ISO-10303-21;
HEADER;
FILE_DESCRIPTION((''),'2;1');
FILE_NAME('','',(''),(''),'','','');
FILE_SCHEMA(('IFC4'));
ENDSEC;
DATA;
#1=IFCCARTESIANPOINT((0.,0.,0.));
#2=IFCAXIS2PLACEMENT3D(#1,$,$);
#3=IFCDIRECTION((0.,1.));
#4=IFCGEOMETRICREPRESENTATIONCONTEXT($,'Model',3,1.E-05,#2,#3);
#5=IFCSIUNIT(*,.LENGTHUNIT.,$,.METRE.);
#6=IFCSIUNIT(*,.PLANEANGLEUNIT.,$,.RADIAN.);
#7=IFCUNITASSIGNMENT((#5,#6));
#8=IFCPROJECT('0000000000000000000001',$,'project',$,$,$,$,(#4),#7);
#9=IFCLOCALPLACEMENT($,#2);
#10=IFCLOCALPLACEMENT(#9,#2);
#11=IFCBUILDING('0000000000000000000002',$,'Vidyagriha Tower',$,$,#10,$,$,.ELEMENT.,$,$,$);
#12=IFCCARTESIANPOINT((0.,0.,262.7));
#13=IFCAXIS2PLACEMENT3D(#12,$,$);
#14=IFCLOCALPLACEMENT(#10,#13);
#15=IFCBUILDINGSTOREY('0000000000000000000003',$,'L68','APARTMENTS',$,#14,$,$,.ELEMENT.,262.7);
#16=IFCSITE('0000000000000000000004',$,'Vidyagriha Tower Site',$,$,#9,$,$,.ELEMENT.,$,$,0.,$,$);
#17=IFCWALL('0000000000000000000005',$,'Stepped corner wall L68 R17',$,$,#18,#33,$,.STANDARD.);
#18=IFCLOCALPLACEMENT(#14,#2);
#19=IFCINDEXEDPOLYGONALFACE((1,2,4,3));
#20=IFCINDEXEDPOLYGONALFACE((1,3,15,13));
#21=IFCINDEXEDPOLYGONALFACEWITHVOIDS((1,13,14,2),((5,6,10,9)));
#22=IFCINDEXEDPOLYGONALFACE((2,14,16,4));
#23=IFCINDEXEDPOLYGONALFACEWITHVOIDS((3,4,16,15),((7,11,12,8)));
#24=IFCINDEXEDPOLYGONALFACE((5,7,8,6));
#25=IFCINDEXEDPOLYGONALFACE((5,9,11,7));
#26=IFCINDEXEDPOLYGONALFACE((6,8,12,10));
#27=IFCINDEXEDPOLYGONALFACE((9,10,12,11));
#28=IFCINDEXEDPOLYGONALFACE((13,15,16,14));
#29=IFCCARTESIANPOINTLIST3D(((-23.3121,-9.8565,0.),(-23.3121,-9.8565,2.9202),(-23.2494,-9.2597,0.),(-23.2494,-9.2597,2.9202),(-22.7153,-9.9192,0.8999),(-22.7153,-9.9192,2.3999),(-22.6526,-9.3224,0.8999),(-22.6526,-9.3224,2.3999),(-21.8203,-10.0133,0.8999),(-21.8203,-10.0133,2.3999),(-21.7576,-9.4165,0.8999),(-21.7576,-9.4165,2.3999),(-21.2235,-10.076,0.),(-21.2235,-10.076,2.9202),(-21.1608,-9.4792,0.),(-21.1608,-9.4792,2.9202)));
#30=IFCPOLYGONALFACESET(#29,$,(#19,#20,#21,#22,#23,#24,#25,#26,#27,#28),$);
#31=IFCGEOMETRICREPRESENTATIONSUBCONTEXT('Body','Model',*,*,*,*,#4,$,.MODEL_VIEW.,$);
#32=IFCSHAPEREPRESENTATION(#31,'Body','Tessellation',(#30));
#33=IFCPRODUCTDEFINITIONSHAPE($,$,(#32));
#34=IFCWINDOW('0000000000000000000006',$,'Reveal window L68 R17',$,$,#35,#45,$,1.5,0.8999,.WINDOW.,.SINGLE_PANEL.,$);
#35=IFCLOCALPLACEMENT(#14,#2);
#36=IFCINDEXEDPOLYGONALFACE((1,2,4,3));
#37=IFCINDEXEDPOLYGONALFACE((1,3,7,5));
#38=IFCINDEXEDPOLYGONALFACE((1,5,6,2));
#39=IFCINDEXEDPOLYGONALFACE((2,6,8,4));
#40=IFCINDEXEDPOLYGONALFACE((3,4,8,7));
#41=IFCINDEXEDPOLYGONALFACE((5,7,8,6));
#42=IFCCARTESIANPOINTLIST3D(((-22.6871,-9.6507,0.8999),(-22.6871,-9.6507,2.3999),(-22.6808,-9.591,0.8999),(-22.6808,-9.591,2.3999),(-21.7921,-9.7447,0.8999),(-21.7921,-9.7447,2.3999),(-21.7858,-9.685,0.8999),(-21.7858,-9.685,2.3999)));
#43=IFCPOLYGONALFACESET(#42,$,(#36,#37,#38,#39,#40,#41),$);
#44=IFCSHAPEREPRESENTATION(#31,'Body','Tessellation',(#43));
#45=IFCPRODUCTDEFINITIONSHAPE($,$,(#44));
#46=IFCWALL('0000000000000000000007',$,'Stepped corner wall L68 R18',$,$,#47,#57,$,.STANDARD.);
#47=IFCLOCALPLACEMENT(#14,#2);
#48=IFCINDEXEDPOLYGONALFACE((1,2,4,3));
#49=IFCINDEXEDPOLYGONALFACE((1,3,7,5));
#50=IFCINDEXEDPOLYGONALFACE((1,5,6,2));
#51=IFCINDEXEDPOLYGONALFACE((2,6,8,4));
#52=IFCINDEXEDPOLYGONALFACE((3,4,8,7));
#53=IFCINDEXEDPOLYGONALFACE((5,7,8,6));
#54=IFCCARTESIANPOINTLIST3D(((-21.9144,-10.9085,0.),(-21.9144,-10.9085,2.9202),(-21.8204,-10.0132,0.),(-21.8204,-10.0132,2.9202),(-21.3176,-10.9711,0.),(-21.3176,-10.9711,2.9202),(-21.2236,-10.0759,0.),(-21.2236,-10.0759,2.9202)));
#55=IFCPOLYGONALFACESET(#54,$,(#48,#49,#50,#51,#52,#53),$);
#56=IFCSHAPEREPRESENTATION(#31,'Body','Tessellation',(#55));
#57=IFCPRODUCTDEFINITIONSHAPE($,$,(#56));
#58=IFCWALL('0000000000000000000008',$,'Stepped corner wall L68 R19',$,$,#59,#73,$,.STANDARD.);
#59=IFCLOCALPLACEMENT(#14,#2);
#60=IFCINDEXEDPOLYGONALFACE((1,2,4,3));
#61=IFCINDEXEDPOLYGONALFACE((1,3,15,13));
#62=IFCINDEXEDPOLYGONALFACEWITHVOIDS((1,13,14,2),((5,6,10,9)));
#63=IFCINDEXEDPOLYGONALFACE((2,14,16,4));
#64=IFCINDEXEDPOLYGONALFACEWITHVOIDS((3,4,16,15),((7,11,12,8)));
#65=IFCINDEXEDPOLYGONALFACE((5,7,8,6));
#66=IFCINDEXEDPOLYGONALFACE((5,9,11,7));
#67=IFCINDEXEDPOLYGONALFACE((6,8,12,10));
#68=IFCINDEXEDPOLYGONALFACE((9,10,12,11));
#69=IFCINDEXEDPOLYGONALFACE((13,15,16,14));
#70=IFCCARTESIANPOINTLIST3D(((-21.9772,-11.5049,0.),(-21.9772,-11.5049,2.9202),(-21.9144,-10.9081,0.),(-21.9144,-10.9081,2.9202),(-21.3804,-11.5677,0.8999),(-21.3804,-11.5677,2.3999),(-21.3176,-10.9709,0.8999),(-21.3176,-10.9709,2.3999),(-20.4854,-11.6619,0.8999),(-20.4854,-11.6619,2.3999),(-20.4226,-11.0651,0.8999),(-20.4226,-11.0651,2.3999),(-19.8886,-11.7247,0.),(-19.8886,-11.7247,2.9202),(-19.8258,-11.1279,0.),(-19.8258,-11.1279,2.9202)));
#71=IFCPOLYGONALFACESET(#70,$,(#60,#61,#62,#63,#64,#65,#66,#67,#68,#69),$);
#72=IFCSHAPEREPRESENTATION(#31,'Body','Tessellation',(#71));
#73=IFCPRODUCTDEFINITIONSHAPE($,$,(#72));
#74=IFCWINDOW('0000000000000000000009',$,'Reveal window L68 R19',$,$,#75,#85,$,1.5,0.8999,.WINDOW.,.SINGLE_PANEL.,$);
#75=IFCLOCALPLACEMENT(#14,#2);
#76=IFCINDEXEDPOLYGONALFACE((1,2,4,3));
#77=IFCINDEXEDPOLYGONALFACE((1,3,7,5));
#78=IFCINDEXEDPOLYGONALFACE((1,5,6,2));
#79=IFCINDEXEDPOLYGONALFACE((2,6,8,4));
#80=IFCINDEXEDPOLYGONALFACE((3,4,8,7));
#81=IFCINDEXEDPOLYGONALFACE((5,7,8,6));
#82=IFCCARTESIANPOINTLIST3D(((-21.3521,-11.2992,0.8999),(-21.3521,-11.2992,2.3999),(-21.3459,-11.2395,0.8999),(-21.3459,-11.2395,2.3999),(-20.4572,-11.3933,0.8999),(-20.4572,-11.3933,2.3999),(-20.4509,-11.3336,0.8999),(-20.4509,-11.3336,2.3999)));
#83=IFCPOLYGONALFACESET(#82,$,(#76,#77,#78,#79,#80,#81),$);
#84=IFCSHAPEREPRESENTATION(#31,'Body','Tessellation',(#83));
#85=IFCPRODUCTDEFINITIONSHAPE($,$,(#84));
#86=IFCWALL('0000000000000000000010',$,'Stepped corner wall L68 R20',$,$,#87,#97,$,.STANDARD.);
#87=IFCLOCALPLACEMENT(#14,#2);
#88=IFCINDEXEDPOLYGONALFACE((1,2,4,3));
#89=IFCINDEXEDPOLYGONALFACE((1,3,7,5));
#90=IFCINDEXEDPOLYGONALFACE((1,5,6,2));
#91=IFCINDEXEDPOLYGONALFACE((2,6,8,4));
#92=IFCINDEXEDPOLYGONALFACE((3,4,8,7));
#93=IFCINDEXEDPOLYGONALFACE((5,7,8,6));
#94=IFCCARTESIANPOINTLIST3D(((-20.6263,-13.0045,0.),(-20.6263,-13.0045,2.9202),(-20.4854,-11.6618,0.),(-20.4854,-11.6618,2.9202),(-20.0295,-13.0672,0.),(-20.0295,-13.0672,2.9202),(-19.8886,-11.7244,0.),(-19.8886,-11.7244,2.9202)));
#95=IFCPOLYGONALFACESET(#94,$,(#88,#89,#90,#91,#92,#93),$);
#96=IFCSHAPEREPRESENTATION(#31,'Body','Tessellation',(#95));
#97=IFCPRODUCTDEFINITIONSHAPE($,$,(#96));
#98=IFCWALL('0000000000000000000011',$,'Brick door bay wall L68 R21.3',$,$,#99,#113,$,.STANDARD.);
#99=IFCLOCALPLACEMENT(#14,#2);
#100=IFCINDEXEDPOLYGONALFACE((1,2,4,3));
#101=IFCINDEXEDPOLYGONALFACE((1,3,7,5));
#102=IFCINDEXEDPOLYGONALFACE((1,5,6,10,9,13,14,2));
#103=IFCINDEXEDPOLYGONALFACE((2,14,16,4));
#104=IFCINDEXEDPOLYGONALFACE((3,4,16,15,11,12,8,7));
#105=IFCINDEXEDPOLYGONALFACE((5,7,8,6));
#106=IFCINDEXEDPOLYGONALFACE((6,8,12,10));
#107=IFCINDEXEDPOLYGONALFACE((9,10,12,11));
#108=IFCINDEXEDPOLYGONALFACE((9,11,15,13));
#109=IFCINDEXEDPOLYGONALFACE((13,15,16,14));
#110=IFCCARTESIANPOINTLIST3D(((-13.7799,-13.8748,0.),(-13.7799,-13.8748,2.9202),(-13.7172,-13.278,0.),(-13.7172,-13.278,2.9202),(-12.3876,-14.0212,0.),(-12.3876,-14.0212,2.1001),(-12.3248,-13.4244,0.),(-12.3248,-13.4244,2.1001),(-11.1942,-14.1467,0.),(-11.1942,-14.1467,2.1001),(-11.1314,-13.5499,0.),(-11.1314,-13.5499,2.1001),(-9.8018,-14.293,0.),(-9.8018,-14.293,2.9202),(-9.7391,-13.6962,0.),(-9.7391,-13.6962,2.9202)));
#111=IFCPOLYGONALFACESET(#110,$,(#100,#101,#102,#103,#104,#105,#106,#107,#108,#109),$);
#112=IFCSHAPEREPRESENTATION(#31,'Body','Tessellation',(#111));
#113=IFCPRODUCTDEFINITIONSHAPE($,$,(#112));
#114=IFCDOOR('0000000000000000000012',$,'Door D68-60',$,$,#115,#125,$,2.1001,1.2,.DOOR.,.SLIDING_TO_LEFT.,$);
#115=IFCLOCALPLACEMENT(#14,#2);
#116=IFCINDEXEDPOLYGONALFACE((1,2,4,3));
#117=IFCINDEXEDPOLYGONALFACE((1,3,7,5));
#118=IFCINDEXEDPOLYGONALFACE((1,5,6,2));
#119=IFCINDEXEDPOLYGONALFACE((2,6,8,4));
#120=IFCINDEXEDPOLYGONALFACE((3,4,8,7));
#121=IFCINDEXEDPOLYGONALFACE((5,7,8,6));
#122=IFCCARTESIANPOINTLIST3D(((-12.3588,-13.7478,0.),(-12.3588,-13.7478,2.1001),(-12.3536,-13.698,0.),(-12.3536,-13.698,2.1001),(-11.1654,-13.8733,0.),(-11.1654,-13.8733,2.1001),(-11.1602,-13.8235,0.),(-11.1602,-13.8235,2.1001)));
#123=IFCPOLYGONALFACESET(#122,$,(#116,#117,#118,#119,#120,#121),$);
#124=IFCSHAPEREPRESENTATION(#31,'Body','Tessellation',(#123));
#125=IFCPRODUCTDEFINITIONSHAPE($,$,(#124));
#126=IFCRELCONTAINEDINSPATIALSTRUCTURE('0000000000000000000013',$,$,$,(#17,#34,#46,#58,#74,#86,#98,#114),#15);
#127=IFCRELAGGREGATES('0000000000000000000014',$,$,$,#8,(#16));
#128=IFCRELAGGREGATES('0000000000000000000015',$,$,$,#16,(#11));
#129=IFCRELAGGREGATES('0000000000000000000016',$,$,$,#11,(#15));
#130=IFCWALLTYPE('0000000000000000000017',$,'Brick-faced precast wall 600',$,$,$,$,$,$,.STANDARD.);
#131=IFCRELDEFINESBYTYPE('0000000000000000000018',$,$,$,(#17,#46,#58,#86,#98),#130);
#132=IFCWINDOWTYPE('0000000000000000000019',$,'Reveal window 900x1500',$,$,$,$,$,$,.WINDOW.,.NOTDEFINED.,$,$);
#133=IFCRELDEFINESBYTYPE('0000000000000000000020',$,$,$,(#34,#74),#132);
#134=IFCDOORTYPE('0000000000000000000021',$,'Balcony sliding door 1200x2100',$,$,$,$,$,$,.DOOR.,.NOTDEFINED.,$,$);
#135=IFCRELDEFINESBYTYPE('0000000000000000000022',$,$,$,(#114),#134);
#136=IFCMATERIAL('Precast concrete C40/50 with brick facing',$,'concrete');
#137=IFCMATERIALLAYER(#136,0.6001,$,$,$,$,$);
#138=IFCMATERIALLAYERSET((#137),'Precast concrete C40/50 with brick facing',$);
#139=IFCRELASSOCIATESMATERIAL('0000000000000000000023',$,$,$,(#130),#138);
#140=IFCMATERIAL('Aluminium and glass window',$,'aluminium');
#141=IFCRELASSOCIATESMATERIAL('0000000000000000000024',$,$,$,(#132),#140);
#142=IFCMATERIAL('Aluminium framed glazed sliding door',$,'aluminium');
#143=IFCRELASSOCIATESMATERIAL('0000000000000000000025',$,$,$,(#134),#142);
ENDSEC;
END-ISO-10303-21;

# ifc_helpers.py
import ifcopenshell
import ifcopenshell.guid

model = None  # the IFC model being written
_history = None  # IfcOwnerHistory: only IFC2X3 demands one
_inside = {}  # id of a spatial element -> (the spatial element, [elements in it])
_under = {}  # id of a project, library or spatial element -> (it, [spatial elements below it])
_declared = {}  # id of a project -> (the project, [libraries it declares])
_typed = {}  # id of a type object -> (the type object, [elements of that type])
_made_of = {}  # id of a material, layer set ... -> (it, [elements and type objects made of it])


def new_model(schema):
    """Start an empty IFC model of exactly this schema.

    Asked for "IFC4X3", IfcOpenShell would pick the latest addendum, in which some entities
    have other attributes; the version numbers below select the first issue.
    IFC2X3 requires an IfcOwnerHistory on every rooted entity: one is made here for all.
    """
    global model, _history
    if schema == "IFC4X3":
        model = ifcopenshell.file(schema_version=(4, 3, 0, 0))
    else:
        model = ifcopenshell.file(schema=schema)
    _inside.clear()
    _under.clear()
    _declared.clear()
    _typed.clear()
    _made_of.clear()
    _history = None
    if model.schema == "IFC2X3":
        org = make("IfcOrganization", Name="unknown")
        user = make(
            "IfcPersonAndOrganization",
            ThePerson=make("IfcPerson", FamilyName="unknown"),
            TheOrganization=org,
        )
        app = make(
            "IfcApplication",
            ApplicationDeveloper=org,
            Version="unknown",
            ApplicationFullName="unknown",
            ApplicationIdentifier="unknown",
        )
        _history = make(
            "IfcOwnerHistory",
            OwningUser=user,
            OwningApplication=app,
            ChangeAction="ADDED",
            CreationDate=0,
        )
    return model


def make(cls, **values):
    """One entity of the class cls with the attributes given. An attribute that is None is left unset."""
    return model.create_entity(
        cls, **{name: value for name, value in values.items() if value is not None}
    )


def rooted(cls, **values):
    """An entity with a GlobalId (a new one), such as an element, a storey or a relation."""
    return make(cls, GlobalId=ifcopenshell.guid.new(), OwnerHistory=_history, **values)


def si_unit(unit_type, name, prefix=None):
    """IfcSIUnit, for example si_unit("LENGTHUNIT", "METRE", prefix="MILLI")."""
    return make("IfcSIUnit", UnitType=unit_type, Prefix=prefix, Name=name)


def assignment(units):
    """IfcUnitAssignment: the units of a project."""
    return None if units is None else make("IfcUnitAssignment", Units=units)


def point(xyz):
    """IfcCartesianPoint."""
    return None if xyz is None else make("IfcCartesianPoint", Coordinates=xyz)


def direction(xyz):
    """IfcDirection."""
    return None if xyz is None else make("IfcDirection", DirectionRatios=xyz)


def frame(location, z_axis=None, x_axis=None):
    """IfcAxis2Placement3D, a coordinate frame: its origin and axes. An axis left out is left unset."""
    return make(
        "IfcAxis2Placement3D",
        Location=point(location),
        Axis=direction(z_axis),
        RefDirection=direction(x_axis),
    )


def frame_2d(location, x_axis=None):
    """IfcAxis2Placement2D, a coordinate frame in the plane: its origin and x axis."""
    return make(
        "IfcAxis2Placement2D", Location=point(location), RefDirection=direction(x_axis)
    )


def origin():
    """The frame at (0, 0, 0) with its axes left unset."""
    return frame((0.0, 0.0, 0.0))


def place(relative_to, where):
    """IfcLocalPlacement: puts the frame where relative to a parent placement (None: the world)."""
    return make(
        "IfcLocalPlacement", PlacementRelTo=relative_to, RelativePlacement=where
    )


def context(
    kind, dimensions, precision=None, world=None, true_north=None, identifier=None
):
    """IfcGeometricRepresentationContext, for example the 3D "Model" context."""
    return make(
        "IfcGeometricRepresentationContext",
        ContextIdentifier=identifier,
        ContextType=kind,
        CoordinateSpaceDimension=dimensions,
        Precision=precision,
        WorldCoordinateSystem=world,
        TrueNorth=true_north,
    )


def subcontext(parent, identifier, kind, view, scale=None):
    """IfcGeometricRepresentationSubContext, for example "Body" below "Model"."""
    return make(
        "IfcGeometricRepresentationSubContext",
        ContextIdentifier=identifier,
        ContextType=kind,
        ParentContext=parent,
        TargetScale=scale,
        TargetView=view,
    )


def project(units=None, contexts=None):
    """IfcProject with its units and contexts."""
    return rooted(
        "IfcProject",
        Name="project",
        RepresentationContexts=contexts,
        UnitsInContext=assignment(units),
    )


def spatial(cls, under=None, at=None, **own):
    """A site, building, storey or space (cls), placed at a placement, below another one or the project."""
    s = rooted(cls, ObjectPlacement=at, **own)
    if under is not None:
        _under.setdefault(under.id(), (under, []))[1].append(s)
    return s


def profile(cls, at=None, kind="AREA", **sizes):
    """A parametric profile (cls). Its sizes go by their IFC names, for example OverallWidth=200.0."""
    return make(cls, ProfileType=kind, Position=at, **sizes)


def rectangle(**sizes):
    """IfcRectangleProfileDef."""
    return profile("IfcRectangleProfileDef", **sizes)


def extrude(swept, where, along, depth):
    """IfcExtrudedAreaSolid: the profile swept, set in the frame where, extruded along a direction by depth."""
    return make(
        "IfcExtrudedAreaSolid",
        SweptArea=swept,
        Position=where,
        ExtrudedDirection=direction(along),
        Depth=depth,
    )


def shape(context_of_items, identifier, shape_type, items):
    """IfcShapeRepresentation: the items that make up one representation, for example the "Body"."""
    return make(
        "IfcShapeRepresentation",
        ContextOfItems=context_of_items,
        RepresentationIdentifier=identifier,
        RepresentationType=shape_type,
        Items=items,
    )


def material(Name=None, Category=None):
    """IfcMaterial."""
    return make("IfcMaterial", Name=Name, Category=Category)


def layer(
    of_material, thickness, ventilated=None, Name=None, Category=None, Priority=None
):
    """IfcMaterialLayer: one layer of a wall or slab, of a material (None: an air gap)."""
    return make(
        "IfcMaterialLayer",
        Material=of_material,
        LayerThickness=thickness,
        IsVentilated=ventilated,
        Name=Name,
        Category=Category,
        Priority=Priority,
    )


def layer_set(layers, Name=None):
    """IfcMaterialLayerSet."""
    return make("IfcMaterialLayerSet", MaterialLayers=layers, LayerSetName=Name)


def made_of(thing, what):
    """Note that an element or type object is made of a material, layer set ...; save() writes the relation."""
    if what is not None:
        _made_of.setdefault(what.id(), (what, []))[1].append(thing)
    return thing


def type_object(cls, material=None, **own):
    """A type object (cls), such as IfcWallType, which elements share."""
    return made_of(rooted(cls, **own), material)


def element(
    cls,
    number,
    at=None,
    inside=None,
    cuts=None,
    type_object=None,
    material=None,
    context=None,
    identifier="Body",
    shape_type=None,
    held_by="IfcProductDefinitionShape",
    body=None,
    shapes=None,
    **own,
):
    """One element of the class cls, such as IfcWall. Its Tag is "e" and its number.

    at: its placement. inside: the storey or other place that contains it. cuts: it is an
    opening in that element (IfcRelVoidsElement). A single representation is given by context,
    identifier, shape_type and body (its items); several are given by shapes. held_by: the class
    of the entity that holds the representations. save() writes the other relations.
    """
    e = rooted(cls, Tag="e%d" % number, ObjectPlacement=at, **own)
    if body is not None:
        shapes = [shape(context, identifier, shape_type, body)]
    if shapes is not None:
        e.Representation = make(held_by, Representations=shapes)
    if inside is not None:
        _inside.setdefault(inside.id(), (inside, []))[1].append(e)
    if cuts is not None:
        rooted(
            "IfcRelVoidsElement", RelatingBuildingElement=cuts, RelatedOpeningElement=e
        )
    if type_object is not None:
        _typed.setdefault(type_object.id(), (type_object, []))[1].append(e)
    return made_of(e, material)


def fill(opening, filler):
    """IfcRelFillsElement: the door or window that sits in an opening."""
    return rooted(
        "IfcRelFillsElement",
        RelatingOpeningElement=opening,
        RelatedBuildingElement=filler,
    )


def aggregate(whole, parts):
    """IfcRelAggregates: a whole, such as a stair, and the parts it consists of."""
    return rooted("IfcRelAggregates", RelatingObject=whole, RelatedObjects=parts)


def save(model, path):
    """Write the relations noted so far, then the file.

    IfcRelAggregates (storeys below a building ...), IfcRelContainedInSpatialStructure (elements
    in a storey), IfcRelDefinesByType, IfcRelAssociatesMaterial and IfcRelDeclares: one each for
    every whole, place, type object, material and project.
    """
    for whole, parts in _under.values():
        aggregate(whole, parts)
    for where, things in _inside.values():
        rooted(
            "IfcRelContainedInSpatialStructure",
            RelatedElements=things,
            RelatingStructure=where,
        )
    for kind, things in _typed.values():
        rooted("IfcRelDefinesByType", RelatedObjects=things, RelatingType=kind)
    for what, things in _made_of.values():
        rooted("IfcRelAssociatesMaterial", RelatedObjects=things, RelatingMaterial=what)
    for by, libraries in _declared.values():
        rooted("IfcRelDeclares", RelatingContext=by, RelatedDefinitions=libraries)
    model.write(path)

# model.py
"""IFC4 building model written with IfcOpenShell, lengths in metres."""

from ifc_helpers import new_model, si_unit, direction, frame, frame_2d, origin, place, context, subcontext, project, spatial, rectangle, extrude, material, layer, layer_set, type_object, element, fill, save


model = new_model("IFC4")

# Units and contexts
model_context = context("Model", 3, precision=1e-05, world=origin(), true_north=direction((0.0, 1.0)))
body_context = subcontext(model_context, "Body", "Model", "MODEL_VIEW")
ifc_project = project(units=[si_unit("LENGTHUNIT", "METRE"), si_unit("PLANEANGLEUNIT", "RADIAN")], contexts=[model_context])

# Site, building, storey
site_placement = place(None, origin())
site = spatial("IfcSite", under=ifc_project, at=site_placement, Name="Vidyagriha Tower Site", CompositionType="ELEMENT", RefElevation=0.0)
building_placement = place(site_placement, origin())
building = spatial("IfcBuilding", under=site, at=building_placement, Name="Vidyagriha Tower", CompositionType="ELEMENT")
storey_placement = place(building_placement, frame((0.0, 0.0, 262.7)))
storey = spatial("IfcBuildingStorey", under=building, at=storey_placement, Name="L68", Description="APARTMENTS", CompositionType="ELEMENT", Elevation=262.7)

# Wall, opening, window
ifc_material_1 = material(Name="Precast concrete C40/50 with brick facing", Category="concrete")
ifc_layer_1 = layer(ifc_material_1, 0.6001)
ifc_layer_set_1 = layer_set([ifc_layer_1], Name="Precast concrete C40/50 with brick facing")
wall_type = type_object("IfcWallType", Name="Brick-faced precast wall 600", PredefinedType="STANDARD", material=ifc_layer_set_1)
wall_1_placement = place(storey_placement, frame((-23.2808, -9.5581, 0.0), z_axis=(0.0, 0.0, 1.0), x_axis=(0.994524, -0.104509, 0.0)))
wall_1 = element("IfcWall", 1, at=wall_1_placement, inside=storey, type_object=wall_type, Name="Stepped corner wall L68 R17", PredefinedType="STANDARD", context=body_context, shape_type="SweptSolid", body=[
    extrude(rectangle(XDim=2.1001, YDim=0.6001, at=frame_2d((1.05, 0.0))), origin(), (0.0, 0.0, 1.0), 2.9202),
])
opening_1_placement = place(wall_1_placement, frame((0.6001, 0.0, 0.8999)))
opening_1 = element("IfcOpeningElement", 2, at=opening_1_placement, cuts=wall_1, PredefinedType="OPENING", context=body_context, shape_type="SweptSolid", body=[
    extrude(rectangle(XDim=0.8999, YDim=1.5, at=frame_2d((0.45, 0.75))), frame((0.0, 0.3101, 0.0), z_axis=(0.0, -1.0, 0.0), x_axis=(1.0, 0.0, 0.0)), (0.0, 0.0, 1.0), 0.6201),
])
ifc_material_2 = material(Name="Aluminium and glass window", Category="aluminium")
window_type = type_object("IfcWindowType", Name="Reveal window 900x1500", PartitioningType="NOTDEFINED", PredefinedType="WINDOW", material=ifc_material_2)
window_1_placement = place(opening_1_placement, origin())
window_1 = element("IfcWindow", 3, at=window_1_placement, inside=storey, type_object=window_type, Name="Reveal window L68 R17", OverallHeight=1.5, OverallWidth=0.8999, PartitioningType="SINGLE_PANEL", PredefinedType="WINDOW", context=body_context, shape_type="SweptSolid", body=[
    extrude(rectangle(XDim=0.8999, YDim=1.5, at=frame_2d((0.45, 0.75))), frame((0.0, 0.03, 0.0), z_axis=(0.0, -1.0, 0.0), x_axis=(1.0, 0.0, 0.0)), (0.0, 0.0, 1.0), 0.0601),
])
fill(opening_1, window_1)

# Wall
wall_2_placement = place(storey_placement, frame((-21.522, -10.0444, 0.0), z_axis=(0.0, 0.0, 1.0), x_axis=(-0.104417, -0.994534, 0.0)))
element("IfcWall", 4, at=wall_2_placement, inside=storey, type_object=wall_type, Name="Stepped corner wall L68 R18", PredefinedType="STANDARD", context=body_context, shape_type="SweptSolid", body=[
    extrude(rectangle(XDim=0.9001, YDim=0.6001, at=frame_2d((0.4502, 0.0))), origin(), (0.0, 0.0, 1.0), 2.9202),
])

# Wall, opening, window
wall_3_placement = place(storey_placement, frame((-21.9458, -11.2065, 0.0), z_axis=(0.0, 0.0, 1.0), x_axis=(0.994512, -0.104624, 0.0)))
wall_3 = element("IfcWall", 5, at=wall_3_placement, inside=storey, type_object=wall_type, Name="Stepped corner wall L68 R19", PredefinedType="STANDARD", context=body_context, shape_type="SweptSolid", body=[
    extrude(rectangle(XDim=2.1001, YDim=0.6001, at=frame_2d((1.05, 0.0))), origin(), (0.0, 0.0, 1.0), 2.9202),
])
opening_2_placement = place(wall_3_placement, frame((0.6001, 0.0, 0.8999)))
opening_2 = element("IfcOpeningElement", 6, at=opening_2_placement, cuts=wall_3, PredefinedType="OPENING", context=body_context, shape_type="SweptSolid", body=[
    extrude(rectangle(XDim=0.8999, YDim=1.5, at=frame_2d((0.45, 0.75))), frame((0.0, 0.3101, 0.0), z_axis=(0.0, -1.0, 0.0), x_axis=(1.0, 0.0, 0.0)), (0.0, 0.0, 1.0), 0.6201),
])
window_2_placement = place(opening_2_placement, origin())
window_2 = element("IfcWindow", 7, at=window_2_placement, inside=storey, type_object=window_type, Name="Reveal window L68 R19", OverallHeight=1.5, OverallWidth=0.8999, PartitioningType="SINGLE_PANEL", PredefinedType="WINDOW", context=body_context, shape_type="SweptSolid", body=[
    extrude(rectangle(XDim=0.8999, YDim=1.5, at=frame_2d((0.45, 0.75))), frame((0.0, 0.03, 0.0), z_axis=(0.0, -1.0, 0.0), x_axis=(1.0, 0.0, 0.0)), (0.0, 0.0, 1.0), 0.0601),
])
fill(opening_2, window_2)

# Wall
wall_4_placement = place(storey_placement, frame((-20.187, -11.6931, 0.0), z_axis=(0.0, 0.0, 1.0), x_axis=(-0.104337, -0.994542, 0.0)))
element("IfcWall", 8, at=wall_4_placement, inside=storey, type_object=wall_type, Name="Stepped corner wall L68 R20", PredefinedType="STANDARD", context=body_context, shape_type="SweptSolid", body=[
    extrude(rectangle(XDim=1.3501, YDim=0.6001, at=frame_2d((0.675, 0.0))), origin(), (0.0, 0.0, 1.0), 2.9202),
])

# Wall, opening, door
wall_5_placement = place(storey_placement, frame((-13.7485, -13.5764, 0.0), z_axis=(0.0, 0.0, 1.0), x_axis=(0.994519, -0.104555, 0.0)))
wall_5 = element("IfcWall", 9, at=wall_5_placement, inside=storey, type_object=wall_type, Name="Brick door bay wall L68 R21.3", PredefinedType="STANDARD", context=body_context, shape_type="SweptSolid", body=[
    extrude(rectangle(XDim=4.0, YDim=0.6001, at=frame_2d((2.0, 0.0))), origin(), (0.0, 0.0, 1.0), 2.9202),
])
opening_3_placement = place(wall_5_placement, frame((1.3999, 0.0, 0.0)))
opening_3 = element("IfcOpeningElement", 10, at=opening_3_placement, cuts=wall_5, PredefinedType="OPENING", context=body_context, shape_type="SweptSolid", body=[
    extrude(rectangle(XDim=1.2, YDim=2.1001, at=frame_2d((0.6001, 1.05))), frame((0.0, 0.3101, 0.0), z_axis=(0.0, -1.0, 0.0), x_axis=(1.0, 0.0, 0.0)), (0.0, 0.0, 1.0), 0.6201),
])
ifc_material_3 = material(Name="Aluminium framed glazed sliding door", Category="aluminium")
door_type = type_object("IfcDoorType", Name="Balcony sliding door 1200x2100", OperationType="NOTDEFINED", PredefinedType="DOOR", material=ifc_material_3)
door_placement = place(opening_3_placement, origin())
door = element("IfcDoor", 11, at=door_placement, inside=storey, type_object=door_type, Name="Door D68-60", OperationType="SLIDING_TO_LEFT", OverallHeight=2.1001, OverallWidth=1.2, PredefinedType="DOOR", context=body_context, shape_type="SweptSolid", body=[
    extrude(rectangle(XDim=1.2, YDim=2.1001, at=frame_2d((0.6001, 1.05))), frame((0.0, 0.0249, 0.0), z_axis=(0.0, -1.0, 0.0), x_axis=(1.0, 0.0, 0.0)), (0.0, 0.0, 1.0), 0.05),
])
fill(opening_3, door)

save(model, "model.ifc")
